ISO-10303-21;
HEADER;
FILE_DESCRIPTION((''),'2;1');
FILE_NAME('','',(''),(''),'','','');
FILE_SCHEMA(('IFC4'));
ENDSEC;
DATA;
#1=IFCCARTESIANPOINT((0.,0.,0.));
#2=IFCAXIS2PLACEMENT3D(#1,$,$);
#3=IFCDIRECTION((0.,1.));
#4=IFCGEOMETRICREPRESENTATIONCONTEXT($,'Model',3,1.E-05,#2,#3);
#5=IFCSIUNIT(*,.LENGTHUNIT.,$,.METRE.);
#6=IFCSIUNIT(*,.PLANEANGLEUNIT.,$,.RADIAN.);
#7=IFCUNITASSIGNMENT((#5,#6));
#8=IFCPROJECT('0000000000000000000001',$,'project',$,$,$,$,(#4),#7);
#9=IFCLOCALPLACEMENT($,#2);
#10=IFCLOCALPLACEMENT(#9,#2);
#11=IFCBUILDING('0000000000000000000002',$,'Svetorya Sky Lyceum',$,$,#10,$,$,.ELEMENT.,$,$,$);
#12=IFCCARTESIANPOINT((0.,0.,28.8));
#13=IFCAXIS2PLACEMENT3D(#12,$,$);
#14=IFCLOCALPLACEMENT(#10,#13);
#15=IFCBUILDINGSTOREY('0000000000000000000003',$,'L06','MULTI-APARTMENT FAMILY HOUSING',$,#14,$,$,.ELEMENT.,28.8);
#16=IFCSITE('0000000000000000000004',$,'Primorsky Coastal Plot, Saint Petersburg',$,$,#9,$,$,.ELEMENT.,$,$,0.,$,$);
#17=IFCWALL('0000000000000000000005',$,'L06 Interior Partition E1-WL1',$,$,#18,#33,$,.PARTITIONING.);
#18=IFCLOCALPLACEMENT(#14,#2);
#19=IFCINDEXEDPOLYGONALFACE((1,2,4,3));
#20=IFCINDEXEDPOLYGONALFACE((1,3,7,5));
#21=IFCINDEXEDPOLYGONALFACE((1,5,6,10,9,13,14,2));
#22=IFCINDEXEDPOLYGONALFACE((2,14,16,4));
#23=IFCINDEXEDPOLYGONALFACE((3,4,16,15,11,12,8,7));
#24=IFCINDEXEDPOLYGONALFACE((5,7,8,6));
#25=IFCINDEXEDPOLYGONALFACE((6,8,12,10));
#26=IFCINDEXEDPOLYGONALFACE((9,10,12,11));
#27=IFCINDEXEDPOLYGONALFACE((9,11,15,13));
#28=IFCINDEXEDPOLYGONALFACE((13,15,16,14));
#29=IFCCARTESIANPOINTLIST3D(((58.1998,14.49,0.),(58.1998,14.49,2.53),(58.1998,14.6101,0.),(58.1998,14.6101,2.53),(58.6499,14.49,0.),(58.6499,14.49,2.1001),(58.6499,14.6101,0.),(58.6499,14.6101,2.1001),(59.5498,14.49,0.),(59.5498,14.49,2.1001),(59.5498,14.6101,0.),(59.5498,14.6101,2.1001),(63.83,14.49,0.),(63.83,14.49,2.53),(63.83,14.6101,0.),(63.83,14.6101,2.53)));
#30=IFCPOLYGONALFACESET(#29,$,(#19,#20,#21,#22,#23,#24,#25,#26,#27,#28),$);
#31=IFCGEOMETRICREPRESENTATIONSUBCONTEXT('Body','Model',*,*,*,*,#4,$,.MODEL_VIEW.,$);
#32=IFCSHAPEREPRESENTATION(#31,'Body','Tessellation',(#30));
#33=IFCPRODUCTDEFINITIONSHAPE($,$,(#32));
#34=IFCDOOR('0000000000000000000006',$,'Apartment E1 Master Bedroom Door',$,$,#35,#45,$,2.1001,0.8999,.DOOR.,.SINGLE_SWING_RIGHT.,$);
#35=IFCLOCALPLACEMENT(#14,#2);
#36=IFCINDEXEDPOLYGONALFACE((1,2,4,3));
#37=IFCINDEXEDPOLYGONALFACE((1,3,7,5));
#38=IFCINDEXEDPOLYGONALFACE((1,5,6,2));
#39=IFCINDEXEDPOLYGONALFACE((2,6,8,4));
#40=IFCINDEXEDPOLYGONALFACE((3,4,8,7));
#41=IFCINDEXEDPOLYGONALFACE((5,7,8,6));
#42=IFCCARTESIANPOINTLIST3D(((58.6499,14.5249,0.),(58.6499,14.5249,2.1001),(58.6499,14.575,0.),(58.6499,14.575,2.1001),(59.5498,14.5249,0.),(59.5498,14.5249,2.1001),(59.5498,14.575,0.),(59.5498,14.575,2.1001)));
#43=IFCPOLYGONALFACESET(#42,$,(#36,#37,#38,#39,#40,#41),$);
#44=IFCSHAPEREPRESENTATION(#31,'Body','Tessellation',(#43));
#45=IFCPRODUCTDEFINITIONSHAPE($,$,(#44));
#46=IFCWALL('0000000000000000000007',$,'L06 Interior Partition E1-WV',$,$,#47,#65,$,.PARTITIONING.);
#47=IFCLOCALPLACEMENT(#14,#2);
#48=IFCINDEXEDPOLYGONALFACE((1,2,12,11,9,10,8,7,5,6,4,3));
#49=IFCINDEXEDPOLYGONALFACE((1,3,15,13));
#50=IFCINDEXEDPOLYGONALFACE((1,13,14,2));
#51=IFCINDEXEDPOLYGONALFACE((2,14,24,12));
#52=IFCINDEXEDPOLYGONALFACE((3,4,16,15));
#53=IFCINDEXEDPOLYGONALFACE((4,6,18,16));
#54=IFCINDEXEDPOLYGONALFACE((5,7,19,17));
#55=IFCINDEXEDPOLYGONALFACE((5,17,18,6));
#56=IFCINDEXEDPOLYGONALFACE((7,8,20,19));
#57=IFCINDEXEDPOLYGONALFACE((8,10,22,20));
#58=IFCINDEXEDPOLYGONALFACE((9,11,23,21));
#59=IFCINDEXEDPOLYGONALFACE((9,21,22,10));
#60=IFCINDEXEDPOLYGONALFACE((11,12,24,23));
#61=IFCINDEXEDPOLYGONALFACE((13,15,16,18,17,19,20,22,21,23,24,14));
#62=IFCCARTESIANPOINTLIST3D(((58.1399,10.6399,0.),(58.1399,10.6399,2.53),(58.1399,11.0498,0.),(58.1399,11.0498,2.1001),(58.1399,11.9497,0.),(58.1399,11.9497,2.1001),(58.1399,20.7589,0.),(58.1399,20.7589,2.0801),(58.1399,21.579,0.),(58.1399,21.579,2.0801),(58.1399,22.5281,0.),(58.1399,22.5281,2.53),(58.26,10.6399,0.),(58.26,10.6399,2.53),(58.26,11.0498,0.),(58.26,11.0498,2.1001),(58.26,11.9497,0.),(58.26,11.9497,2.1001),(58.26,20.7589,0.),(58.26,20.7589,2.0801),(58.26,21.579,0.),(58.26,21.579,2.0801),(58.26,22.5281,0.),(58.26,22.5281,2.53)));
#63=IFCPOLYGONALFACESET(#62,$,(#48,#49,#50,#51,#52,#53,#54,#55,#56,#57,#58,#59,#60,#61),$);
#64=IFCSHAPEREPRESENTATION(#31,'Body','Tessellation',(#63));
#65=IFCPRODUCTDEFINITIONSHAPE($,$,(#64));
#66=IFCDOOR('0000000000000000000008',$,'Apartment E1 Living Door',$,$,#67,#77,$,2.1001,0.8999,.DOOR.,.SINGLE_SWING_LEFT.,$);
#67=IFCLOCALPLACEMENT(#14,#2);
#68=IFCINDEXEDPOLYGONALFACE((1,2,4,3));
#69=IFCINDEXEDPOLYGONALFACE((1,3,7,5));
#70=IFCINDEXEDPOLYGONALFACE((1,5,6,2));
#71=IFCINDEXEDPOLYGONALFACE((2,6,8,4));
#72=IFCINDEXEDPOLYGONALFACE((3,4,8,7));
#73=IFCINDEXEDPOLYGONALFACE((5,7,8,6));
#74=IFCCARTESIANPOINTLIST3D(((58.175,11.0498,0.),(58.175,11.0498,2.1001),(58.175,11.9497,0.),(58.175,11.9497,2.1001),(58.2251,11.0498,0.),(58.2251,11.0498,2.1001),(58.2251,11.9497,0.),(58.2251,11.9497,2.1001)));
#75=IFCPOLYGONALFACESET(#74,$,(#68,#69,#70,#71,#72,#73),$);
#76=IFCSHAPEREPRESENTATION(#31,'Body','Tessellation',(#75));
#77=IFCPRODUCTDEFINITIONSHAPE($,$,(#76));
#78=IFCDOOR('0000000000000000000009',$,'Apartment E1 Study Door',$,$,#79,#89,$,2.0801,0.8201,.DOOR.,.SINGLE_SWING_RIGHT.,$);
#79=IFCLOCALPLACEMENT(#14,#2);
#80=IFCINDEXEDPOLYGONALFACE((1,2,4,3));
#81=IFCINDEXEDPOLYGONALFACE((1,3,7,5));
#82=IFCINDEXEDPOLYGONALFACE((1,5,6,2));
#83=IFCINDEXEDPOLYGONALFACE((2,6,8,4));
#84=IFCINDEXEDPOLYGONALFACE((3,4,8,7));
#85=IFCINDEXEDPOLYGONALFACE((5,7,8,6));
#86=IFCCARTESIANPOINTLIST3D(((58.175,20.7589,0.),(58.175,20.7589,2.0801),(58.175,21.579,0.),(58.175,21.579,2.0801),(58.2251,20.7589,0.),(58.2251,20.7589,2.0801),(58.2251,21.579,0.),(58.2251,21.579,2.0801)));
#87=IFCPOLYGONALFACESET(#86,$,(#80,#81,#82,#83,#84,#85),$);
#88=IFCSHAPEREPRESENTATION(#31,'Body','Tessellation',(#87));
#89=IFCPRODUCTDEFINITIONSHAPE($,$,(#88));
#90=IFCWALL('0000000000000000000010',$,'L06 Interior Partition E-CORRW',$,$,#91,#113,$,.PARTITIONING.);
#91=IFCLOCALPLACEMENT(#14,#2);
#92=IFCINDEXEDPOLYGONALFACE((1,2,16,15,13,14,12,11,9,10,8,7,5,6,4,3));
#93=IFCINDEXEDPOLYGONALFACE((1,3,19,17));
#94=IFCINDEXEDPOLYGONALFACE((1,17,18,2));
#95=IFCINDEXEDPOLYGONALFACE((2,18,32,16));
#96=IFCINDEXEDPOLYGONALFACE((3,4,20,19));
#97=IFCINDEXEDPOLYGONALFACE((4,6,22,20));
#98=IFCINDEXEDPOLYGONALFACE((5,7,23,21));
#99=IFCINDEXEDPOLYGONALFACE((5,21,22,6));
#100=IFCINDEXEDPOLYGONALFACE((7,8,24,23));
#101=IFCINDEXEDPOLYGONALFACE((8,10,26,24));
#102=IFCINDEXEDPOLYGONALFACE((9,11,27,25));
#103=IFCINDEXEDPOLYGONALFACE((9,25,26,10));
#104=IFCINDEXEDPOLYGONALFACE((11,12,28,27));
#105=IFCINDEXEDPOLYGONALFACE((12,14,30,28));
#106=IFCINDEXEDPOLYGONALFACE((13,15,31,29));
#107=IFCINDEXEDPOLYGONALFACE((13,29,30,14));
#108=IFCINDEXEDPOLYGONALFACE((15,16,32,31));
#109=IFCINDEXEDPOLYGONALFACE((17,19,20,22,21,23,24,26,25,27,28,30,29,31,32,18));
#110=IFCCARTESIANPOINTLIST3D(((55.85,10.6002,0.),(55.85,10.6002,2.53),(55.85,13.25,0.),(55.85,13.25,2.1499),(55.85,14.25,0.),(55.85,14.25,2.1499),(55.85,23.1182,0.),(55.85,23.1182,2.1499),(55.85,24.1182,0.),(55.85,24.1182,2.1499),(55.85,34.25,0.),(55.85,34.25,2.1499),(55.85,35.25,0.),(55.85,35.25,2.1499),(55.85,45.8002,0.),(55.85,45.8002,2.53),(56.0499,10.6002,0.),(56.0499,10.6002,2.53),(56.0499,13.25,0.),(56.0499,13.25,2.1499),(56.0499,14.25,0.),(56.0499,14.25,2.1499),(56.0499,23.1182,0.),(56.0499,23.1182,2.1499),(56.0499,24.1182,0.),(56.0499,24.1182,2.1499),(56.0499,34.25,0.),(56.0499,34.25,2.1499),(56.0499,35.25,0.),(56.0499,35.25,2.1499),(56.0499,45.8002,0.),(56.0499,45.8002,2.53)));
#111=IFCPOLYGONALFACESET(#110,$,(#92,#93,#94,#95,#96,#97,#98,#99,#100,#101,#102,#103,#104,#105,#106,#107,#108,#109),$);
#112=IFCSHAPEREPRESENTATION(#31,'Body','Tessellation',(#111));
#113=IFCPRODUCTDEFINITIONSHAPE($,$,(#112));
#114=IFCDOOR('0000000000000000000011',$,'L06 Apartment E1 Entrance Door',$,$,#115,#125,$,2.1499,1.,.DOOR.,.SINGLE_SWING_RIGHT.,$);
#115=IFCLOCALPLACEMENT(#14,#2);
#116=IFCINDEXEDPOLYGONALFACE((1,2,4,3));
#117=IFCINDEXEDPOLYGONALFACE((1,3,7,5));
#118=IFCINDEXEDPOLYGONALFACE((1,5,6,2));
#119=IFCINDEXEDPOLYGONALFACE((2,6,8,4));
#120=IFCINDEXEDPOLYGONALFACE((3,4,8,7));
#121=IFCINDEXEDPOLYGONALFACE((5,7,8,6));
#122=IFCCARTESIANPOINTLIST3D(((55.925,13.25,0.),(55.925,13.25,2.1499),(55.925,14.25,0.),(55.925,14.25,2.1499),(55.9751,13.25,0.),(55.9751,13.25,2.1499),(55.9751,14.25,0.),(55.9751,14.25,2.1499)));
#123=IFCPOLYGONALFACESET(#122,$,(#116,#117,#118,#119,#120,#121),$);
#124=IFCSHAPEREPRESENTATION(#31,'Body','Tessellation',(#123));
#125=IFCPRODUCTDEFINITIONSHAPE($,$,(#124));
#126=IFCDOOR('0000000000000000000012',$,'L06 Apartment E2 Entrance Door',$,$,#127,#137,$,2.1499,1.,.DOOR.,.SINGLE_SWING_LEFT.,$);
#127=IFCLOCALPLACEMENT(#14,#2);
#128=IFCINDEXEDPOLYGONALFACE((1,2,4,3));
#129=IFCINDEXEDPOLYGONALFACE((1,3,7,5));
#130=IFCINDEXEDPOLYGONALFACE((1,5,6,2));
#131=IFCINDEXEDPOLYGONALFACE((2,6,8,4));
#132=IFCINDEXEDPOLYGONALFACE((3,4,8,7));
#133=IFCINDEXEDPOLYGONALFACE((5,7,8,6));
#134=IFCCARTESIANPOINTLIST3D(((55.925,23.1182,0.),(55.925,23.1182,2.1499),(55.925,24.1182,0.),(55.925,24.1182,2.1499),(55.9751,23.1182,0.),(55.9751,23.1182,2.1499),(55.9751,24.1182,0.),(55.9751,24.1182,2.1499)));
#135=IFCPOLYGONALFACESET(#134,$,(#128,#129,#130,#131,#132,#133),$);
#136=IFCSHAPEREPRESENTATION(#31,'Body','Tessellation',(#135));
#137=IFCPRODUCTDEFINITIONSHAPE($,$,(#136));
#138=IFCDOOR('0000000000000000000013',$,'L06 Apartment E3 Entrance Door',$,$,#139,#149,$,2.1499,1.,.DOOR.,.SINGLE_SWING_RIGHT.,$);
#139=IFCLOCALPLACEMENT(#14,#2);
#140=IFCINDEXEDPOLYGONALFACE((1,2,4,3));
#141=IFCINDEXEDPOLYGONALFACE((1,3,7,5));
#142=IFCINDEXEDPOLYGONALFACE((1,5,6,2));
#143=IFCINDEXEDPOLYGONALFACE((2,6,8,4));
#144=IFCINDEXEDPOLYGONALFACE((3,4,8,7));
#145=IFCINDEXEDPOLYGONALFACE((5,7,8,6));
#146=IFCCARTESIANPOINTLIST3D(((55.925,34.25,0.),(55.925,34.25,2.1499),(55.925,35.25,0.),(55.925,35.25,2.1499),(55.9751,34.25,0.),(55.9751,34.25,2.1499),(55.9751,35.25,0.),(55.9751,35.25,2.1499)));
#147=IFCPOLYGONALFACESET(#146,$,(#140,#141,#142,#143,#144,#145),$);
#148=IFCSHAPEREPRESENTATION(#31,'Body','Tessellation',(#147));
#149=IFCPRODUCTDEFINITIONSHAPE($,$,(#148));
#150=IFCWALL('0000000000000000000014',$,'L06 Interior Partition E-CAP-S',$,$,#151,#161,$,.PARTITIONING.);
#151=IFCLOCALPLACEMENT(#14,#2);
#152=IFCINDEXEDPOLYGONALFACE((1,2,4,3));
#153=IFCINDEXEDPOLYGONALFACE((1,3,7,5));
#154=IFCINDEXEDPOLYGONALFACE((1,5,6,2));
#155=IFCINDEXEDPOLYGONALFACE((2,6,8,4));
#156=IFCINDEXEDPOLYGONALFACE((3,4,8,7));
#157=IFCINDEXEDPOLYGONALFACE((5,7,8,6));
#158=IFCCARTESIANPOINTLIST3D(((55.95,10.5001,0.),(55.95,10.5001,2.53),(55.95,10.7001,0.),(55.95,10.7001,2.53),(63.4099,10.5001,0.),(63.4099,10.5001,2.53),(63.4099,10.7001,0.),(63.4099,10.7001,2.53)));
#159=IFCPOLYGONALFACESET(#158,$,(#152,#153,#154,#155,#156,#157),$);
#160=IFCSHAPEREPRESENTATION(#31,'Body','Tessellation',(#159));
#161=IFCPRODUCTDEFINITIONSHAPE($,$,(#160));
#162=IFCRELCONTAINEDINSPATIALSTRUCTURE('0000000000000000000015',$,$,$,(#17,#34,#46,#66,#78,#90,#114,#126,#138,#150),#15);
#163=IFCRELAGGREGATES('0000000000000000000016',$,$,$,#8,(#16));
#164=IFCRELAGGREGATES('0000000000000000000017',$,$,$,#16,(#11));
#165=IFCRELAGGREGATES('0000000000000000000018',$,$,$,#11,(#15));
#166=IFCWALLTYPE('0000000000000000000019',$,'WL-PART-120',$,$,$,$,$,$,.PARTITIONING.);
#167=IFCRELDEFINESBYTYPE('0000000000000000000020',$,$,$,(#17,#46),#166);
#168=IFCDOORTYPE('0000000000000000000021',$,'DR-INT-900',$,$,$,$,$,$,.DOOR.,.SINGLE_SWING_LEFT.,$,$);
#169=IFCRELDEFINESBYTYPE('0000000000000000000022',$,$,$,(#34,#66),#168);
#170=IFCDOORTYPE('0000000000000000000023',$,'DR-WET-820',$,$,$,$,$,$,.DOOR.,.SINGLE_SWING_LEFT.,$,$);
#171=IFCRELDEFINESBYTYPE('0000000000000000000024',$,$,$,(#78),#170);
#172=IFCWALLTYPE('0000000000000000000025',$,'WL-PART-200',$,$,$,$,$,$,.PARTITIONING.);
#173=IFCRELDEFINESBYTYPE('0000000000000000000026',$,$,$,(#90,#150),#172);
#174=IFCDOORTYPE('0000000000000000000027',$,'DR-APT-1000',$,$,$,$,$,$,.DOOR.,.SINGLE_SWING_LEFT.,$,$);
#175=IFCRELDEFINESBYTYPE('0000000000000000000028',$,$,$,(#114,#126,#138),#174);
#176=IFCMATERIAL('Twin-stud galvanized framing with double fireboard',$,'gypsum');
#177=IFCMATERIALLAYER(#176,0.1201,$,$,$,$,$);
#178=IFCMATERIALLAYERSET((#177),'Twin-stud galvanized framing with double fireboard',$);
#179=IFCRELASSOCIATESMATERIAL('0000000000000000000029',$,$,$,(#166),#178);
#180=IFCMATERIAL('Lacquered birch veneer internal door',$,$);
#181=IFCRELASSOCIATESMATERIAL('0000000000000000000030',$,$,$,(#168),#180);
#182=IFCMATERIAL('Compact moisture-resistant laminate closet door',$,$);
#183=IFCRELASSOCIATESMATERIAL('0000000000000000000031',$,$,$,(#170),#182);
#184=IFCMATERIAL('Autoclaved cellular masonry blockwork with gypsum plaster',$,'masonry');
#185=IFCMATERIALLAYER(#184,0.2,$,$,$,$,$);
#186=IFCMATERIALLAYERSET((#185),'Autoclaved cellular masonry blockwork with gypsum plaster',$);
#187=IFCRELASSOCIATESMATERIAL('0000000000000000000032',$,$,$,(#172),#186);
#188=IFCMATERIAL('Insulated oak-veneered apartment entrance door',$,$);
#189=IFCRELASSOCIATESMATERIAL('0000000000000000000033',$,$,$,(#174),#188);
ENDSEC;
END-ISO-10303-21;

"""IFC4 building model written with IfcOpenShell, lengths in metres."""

from ifc_helpers import new_model, si_unit, direction, frame, frame_2d, origin, place, context, subcontext, project, spatial, rectangle, extrude, material, layer, layer_set, type_object, element, fill, save


model = new_model("IFC4")

# Units and contexts
model_context = context("Model", 3, precision=1e-05, world=origin(), true_north=direction((0.0, 1.0)))
body_context = subcontext(model_context, "Body", "Model", "MODEL_VIEW")
ifc_project = project(units=[si_unit("LENGTHUNIT", "METRE"), si_unit("PLANEANGLEUNIT", "RADIAN")], contexts=[model_context])

# Site, building, storey
site_placement = place(None, origin())
site = spatial("IfcSite", under=ifc_project, at=site_placement, Name="Primorsky Coastal Plot, Saint Petersburg", CompositionType="ELEMENT", RefElevation=0.0)
building_placement = place(site_placement, origin())
building = spatial("IfcBuilding", under=site, at=building_placement, Name="Svetorya Sky Lyceum", CompositionType="ELEMENT")
storey_placement = place(building_placement, frame((0.0, 0.0, 28.8)))
storey = spatial("IfcBuildingStorey", under=building, at=storey_placement, Name="L06", Description="MULTI-APARTMENT FAMILY HOUSING", CompositionType="ELEMENT", Elevation=28.8)

# Wall, opening, door
ifc_material_1 = material(Name="Twin-stud galvanized framing with double fireboard", Category="gypsum")
ifc_layer_1 = layer(ifc_material_1, 0.1201)
ifc_layer_set_1 = layer_set([ifc_layer_1], Name="Twin-stud galvanized framing with double fireboard")
wall_type_1 = type_object("IfcWallType", Name="WL-PART-120", PredefinedType="PARTITIONING", material=ifc_layer_set_1)
wall_1_placement = place(storey_placement, frame((58.2, 14.55, 0.0), z_axis=(0.0, 0.0, 1.0), x_axis=(1.0, 0.0, 0.0)))
wall_1 = element("IfcWall", 1, at=wall_1_placement, inside=storey, type_object=wall_type_1, Name="L06 Interior Partition E1-WL1", PredefinedType="PARTITIONING", context=body_context, shape_type="SweptSolid", body=[
    extrude(rectangle(XDim=5.6301, YDim=0.1201, at=frame_2d((2.8149, 0.0))), origin(), (0.0, 0.0, 1.0), 2.53),
])
opening_1_placement = place(wall_1_placement, frame((0.45, 0.0, 0.0)))
opening_1 = element("IfcOpeningElement", 2, at=opening_1_placement, cuts=wall_1, PredefinedType="OPENING", context=body_context, shape_type="SweptSolid", body=[
    extrude(rectangle(XDim=0.8999, YDim=2.1001, at=frame_2d((0.45, 1.05))), frame((0.0, 0.0701, 0.0), z_axis=(0.0, -1.0, 0.0), x_axis=(1.0, 0.0, 0.0)), (0.0, 0.0, 1.0), 0.1401),
])
ifc_material_2 = material(Name="Lacquered birch veneer internal door")
door_type_1 = type_object("IfcDoorType", Name="DR-INT-900", OperationType="SINGLE_SWING_LEFT", PredefinedType="DOOR", material=ifc_material_2)
door_1_placement = place(opening_1_placement, origin())
door_1 = element("IfcDoor", 3, at=door_1_placement, inside=storey, type_object=door_type_1, Name="Apartment E1 Master Bedroom Door", OperationType="SINGLE_SWING_RIGHT", OverallHeight=2.1001, OverallWidth=0.8999, PredefinedType="DOOR", context=body_context, shape_type="SweptSolid", body=[
    extrude(rectangle(XDim=0.8999, YDim=2.1001, at=frame_2d((0.45, 1.05))), frame((0.0, 0.0249, 0.0), z_axis=(0.0, -1.0, 0.0), x_axis=(1.0, 0.0, 0.0)), (0.0, 0.0, 1.0), 0.05),
])
fill(opening_1, door_1)

# Walls, openings, doors
wall_2_placement = place(storey_placement, frame((58.2, 10.6399, 0.0), z_axis=(0.0, 0.0, 1.0), x_axis=(0.0, 1.0, 0.0)))
wall_2 = element("IfcWall", 4, at=wall_2_placement, inside=storey, type_object=wall_type_1, Name="L06 Interior Partition E1-WV", PredefinedType="PARTITIONING", context=body_context, shape_type="SweptSolid", body=[
    extrude(rectangle(XDim=11.8882, YDim=0.1201, at=frame_2d((5.9441, 0.0))), origin(), (0.0, 0.0, 1.0), 2.53),
])
opening_2_placement = place(wall_2_placement, frame((0.4099, 0.0, 0.0)))
opening_2 = element("IfcOpeningElement", 5, at=opening_2_placement, cuts=wall_2, PredefinedType="OPENING", context=body_context, shape_type="SweptSolid", body=[
    extrude(rectangle(XDim=0.8999, YDim=2.1001, at=frame_2d((0.45, 1.05))), frame((0.0, 0.0701, 0.0), z_axis=(0.0, -1.0, 0.0), x_axis=(1.0, 0.0, 0.0)), (0.0, 0.0, 1.0), 0.1401),
])
opening_3_placement = place(wall_2_placement, frame((10.1189, 0.0, 0.0)))
opening_3 = element("IfcOpeningElement", 6, at=opening_3_placement, cuts=wall_2, PredefinedType="OPENING", context=body_context, shape_type="SweptSolid", body=[
    extrude(rectangle(XDim=0.8201, YDim=2.0801, at=frame_2d((0.4102, 1.04))), frame((0.0, 0.0701, 0.0), z_axis=(0.0, -1.0, 0.0), x_axis=(1.0, 0.0, 0.0)), (0.0, 0.0, 1.0), 0.1401),
])
door_2_placement = place(opening_2_placement, origin())
door_2 = element("IfcDoor", 7, at=door_2_placement, inside=storey, type_object=door_type_1, Name="Apartment E1 Living Door", OperationType="SINGLE_SWING_LEFT", OverallHeight=2.1001, OverallWidth=0.8999, PredefinedType="DOOR", context=body_context, shape_type="SweptSolid", body=[
    extrude(rectangle(XDim=0.8999, YDim=2.1001, at=frame_2d((0.45, 1.05))), frame((0.0, 0.0249, 0.0), z_axis=(0.0, -1.0, 0.0), x_axis=(1.0, 0.0, 0.0)), (0.0, 0.0, 1.0), 0.05),
])
fill(opening_2, door_2)
ifc_material_3 = material(Name="Compact moisture-resistant laminate closet door")
door_type_2 = type_object("IfcDoorType", Name="DR-WET-820", OperationType="SINGLE_SWING_LEFT", PredefinedType="DOOR", material=ifc_material_3)
door_3_placement = place(opening_3_placement, origin())
door_3 = element("IfcDoor", 8, at=door_3_placement, inside=storey, type_object=door_type_2, Name="Apartment E1 Study Door", OperationType="SINGLE_SWING_RIGHT", OverallHeight=2.0801, OverallWidth=0.8201, PredefinedType="DOOR", context=body_context, shape_type="SweptSolid", body=[
    extrude(rectangle(XDim=0.8201, YDim=2.0801, at=frame_2d((0.4102, 1.04))), frame((0.0, 0.0249, 0.0), z_axis=(0.0, -1.0, 0.0), x_axis=(1.0, 0.0, 0.0)), (0.0, 0.0, 1.0), 0.05),
])
fill(opening_3, door_3)
ifc_material_4 = material(Name="Autoclaved cellular masonry blockwork with gypsum plaster", Category="masonry")
ifc_layer_2 = layer(ifc_material_4, 0.2)
ifc_layer_set_2 = layer_set([ifc_layer_2], Name="Autoclaved cellular masonry blockwork with gypsum plaster")
wall_type_2 = type_object("IfcWallType", Name="WL-PART-200", PredefinedType="PARTITIONING", material=ifc_layer_set_2)
wall_3_placement = place(storey_placement, frame((55.95, 10.6001, 0.0), z_axis=(0.0, 0.0, 1.0), x_axis=(0.0, 1.0, 0.0)))
wall_3 = element("IfcWall", 9, at=wall_3_placement, inside=storey, type_object=wall_type_2, Name="L06 Interior Partition E-CORRW", PredefinedType="PARTITIONING", context=body_context, shape_type="SweptSolid", body=[
    extrude(rectangle(XDim=35.2, YDim=0.2, at=frame_2d((17.6001, 0.0))), origin(), (0.0, 0.0, 1.0), 2.53),
])
opening_4_placement = place(wall_3_placement, frame((2.6499, 0.0, 0.0)))
opening_4 = element("IfcOpeningElement", 10, at=opening_4_placement, cuts=wall_3, PredefinedType="OPENING", context=body_context, shape_type="SweptSolid", body=[
    extrude(rectangle(XDim=1.0, YDim=2.1499, at=frame_2d((0.5, 1.075))), frame((0.0, 0.1099, 0.0), z_axis=(0.0, -1.0, 0.0), x_axis=(1.0, 0.0, 0.0)), (0.0, 0.0, 1.0), 0.22),
])
opening_5_placement = place(wall_3_placement, frame((12.5181, 0.0, 0.0)))
opening_5 = element("IfcOpeningElement", 11, at=opening_5_placement, cuts=wall_3, PredefinedType="OPENING", context=body_context, shape_type="SweptSolid", body=[
    extrude(rectangle(XDim=1.0, YDim=2.1499, at=frame_2d((0.5, 1.075))), frame((0.0, 0.1099, 0.0), z_axis=(0.0, -1.0, 0.0), x_axis=(1.0, 0.0, 0.0)), (0.0, 0.0, 1.0), 0.22),
])
opening_6_placement = place(wall_3_placement, frame((23.6499, 0.0, 0.0)))
opening_6 = element("IfcOpeningElement", 12, at=opening_6_placement, cuts=wall_3, PredefinedType="OPENING", context=body_context, shape_type="SweptSolid", body=[
    extrude(rectangle(XDim=1.0, YDim=2.1499, at=frame_2d((0.5, 1.075))), frame((0.0, 0.1099, 0.0), z_axis=(0.0, -1.0, 0.0), x_axis=(1.0, 0.0, 0.0)), (0.0, 0.0, 1.0), 0.22),
])
ifc_material_5 = material(Name="Insulated oak-veneered apartment entrance door")
door_type_3 = type_object("IfcDoorType", Name="DR-APT-1000", OperationType="SINGLE_SWING_LEFT", PredefinedType="DOOR", material=ifc_material_5)
door_4_placement = place(opening_4_placement, origin())
door_4 = element("IfcDoor", 13, at=door_4_placement, inside=storey, type_object=door_type_3, Name="L06 Apartment E1 Entrance Door", OperationType="SINGLE_SWING_RIGHT", OverallHeight=2.1499, OverallWidth=1.0, PredefinedType="DOOR", context=body_context, shape_type="SweptSolid", body=[
    extrude(rectangle(XDim=1.0, YDim=2.1499, at=frame_2d((0.5, 1.075))), frame((0.0, 0.0249, 0.0), z_axis=(0.0, -1.0, 0.0), x_axis=(1.0, 0.0, 0.0)), (0.0, 0.0, 1.0), 0.05),
])
fill(opening_4, door_4)
door_5_placement = place(opening_5_placement, origin())
door_5 = element("IfcDoor", 14, at=door_5_placement, inside=storey, type_object=door_type_3, Name="L06 Apartment E2 Entrance Door", OperationType="SINGLE_SWING_LEFT", OverallHeight=2.1499, OverallWidth=1.0, PredefinedType="DOOR", context=body_context, shape_type="SweptSolid", body=[
    extrude(rectangle(XDim=1.0, YDim=2.1499, at=frame_2d((0.5, 1.075))), frame((0.0, 0.0249, 0.0), z_axis=(0.0, -1.0, 0.0), x_axis=(1.0, 0.0, 0.0)), (0.0, 0.0, 1.0), 0.05),
])
fill(opening_5, door_5)
door_6_placement = place(opening_6_placement, origin())
door_6 = element("IfcDoor", 15, at=door_6_placement, inside=storey, type_object=door_type_3, Name="L06 Apartment E3 Entrance Door", OperationType="SINGLE_SWING_RIGHT", OverallHeight=2.1499, OverallWidth=1.0, PredefinedType="DOOR", context=body_context, shape_type="SweptSolid", body=[
    extrude(rectangle(XDim=1.0, YDim=2.1499, at=frame_2d((0.5, 1.075))), frame((0.0, 0.0249, 0.0), z_axis=(0.0, -1.0, 0.0), x_axis=(1.0, 0.0, 0.0)), (0.0, 0.0, 1.0), 0.05),
])
fill(opening_6, door_6)

# Wall
wall_4_placement = place(storey_placement, frame((55.95, 10.6001, 0.0), z_axis=(0.0, 0.0, 1.0), x_axis=(1.0, 0.0, 0.0)))
element("IfcWall", 16, at=wall_4_placement, inside=storey, type_object=wall_type_2, Name="L06 Interior Partition E-CAP-S", PredefinedType="PARTITIONING", context=body_context, shape_type="SweptSolid", body=[
    extrude(rectangle(XDim=7.46, YDim=0.2, at=frame_2d((3.73, 0.0))), origin(), (0.0, 0.0, 1.0), 2.53),
])

save(model, "model.ifc")
